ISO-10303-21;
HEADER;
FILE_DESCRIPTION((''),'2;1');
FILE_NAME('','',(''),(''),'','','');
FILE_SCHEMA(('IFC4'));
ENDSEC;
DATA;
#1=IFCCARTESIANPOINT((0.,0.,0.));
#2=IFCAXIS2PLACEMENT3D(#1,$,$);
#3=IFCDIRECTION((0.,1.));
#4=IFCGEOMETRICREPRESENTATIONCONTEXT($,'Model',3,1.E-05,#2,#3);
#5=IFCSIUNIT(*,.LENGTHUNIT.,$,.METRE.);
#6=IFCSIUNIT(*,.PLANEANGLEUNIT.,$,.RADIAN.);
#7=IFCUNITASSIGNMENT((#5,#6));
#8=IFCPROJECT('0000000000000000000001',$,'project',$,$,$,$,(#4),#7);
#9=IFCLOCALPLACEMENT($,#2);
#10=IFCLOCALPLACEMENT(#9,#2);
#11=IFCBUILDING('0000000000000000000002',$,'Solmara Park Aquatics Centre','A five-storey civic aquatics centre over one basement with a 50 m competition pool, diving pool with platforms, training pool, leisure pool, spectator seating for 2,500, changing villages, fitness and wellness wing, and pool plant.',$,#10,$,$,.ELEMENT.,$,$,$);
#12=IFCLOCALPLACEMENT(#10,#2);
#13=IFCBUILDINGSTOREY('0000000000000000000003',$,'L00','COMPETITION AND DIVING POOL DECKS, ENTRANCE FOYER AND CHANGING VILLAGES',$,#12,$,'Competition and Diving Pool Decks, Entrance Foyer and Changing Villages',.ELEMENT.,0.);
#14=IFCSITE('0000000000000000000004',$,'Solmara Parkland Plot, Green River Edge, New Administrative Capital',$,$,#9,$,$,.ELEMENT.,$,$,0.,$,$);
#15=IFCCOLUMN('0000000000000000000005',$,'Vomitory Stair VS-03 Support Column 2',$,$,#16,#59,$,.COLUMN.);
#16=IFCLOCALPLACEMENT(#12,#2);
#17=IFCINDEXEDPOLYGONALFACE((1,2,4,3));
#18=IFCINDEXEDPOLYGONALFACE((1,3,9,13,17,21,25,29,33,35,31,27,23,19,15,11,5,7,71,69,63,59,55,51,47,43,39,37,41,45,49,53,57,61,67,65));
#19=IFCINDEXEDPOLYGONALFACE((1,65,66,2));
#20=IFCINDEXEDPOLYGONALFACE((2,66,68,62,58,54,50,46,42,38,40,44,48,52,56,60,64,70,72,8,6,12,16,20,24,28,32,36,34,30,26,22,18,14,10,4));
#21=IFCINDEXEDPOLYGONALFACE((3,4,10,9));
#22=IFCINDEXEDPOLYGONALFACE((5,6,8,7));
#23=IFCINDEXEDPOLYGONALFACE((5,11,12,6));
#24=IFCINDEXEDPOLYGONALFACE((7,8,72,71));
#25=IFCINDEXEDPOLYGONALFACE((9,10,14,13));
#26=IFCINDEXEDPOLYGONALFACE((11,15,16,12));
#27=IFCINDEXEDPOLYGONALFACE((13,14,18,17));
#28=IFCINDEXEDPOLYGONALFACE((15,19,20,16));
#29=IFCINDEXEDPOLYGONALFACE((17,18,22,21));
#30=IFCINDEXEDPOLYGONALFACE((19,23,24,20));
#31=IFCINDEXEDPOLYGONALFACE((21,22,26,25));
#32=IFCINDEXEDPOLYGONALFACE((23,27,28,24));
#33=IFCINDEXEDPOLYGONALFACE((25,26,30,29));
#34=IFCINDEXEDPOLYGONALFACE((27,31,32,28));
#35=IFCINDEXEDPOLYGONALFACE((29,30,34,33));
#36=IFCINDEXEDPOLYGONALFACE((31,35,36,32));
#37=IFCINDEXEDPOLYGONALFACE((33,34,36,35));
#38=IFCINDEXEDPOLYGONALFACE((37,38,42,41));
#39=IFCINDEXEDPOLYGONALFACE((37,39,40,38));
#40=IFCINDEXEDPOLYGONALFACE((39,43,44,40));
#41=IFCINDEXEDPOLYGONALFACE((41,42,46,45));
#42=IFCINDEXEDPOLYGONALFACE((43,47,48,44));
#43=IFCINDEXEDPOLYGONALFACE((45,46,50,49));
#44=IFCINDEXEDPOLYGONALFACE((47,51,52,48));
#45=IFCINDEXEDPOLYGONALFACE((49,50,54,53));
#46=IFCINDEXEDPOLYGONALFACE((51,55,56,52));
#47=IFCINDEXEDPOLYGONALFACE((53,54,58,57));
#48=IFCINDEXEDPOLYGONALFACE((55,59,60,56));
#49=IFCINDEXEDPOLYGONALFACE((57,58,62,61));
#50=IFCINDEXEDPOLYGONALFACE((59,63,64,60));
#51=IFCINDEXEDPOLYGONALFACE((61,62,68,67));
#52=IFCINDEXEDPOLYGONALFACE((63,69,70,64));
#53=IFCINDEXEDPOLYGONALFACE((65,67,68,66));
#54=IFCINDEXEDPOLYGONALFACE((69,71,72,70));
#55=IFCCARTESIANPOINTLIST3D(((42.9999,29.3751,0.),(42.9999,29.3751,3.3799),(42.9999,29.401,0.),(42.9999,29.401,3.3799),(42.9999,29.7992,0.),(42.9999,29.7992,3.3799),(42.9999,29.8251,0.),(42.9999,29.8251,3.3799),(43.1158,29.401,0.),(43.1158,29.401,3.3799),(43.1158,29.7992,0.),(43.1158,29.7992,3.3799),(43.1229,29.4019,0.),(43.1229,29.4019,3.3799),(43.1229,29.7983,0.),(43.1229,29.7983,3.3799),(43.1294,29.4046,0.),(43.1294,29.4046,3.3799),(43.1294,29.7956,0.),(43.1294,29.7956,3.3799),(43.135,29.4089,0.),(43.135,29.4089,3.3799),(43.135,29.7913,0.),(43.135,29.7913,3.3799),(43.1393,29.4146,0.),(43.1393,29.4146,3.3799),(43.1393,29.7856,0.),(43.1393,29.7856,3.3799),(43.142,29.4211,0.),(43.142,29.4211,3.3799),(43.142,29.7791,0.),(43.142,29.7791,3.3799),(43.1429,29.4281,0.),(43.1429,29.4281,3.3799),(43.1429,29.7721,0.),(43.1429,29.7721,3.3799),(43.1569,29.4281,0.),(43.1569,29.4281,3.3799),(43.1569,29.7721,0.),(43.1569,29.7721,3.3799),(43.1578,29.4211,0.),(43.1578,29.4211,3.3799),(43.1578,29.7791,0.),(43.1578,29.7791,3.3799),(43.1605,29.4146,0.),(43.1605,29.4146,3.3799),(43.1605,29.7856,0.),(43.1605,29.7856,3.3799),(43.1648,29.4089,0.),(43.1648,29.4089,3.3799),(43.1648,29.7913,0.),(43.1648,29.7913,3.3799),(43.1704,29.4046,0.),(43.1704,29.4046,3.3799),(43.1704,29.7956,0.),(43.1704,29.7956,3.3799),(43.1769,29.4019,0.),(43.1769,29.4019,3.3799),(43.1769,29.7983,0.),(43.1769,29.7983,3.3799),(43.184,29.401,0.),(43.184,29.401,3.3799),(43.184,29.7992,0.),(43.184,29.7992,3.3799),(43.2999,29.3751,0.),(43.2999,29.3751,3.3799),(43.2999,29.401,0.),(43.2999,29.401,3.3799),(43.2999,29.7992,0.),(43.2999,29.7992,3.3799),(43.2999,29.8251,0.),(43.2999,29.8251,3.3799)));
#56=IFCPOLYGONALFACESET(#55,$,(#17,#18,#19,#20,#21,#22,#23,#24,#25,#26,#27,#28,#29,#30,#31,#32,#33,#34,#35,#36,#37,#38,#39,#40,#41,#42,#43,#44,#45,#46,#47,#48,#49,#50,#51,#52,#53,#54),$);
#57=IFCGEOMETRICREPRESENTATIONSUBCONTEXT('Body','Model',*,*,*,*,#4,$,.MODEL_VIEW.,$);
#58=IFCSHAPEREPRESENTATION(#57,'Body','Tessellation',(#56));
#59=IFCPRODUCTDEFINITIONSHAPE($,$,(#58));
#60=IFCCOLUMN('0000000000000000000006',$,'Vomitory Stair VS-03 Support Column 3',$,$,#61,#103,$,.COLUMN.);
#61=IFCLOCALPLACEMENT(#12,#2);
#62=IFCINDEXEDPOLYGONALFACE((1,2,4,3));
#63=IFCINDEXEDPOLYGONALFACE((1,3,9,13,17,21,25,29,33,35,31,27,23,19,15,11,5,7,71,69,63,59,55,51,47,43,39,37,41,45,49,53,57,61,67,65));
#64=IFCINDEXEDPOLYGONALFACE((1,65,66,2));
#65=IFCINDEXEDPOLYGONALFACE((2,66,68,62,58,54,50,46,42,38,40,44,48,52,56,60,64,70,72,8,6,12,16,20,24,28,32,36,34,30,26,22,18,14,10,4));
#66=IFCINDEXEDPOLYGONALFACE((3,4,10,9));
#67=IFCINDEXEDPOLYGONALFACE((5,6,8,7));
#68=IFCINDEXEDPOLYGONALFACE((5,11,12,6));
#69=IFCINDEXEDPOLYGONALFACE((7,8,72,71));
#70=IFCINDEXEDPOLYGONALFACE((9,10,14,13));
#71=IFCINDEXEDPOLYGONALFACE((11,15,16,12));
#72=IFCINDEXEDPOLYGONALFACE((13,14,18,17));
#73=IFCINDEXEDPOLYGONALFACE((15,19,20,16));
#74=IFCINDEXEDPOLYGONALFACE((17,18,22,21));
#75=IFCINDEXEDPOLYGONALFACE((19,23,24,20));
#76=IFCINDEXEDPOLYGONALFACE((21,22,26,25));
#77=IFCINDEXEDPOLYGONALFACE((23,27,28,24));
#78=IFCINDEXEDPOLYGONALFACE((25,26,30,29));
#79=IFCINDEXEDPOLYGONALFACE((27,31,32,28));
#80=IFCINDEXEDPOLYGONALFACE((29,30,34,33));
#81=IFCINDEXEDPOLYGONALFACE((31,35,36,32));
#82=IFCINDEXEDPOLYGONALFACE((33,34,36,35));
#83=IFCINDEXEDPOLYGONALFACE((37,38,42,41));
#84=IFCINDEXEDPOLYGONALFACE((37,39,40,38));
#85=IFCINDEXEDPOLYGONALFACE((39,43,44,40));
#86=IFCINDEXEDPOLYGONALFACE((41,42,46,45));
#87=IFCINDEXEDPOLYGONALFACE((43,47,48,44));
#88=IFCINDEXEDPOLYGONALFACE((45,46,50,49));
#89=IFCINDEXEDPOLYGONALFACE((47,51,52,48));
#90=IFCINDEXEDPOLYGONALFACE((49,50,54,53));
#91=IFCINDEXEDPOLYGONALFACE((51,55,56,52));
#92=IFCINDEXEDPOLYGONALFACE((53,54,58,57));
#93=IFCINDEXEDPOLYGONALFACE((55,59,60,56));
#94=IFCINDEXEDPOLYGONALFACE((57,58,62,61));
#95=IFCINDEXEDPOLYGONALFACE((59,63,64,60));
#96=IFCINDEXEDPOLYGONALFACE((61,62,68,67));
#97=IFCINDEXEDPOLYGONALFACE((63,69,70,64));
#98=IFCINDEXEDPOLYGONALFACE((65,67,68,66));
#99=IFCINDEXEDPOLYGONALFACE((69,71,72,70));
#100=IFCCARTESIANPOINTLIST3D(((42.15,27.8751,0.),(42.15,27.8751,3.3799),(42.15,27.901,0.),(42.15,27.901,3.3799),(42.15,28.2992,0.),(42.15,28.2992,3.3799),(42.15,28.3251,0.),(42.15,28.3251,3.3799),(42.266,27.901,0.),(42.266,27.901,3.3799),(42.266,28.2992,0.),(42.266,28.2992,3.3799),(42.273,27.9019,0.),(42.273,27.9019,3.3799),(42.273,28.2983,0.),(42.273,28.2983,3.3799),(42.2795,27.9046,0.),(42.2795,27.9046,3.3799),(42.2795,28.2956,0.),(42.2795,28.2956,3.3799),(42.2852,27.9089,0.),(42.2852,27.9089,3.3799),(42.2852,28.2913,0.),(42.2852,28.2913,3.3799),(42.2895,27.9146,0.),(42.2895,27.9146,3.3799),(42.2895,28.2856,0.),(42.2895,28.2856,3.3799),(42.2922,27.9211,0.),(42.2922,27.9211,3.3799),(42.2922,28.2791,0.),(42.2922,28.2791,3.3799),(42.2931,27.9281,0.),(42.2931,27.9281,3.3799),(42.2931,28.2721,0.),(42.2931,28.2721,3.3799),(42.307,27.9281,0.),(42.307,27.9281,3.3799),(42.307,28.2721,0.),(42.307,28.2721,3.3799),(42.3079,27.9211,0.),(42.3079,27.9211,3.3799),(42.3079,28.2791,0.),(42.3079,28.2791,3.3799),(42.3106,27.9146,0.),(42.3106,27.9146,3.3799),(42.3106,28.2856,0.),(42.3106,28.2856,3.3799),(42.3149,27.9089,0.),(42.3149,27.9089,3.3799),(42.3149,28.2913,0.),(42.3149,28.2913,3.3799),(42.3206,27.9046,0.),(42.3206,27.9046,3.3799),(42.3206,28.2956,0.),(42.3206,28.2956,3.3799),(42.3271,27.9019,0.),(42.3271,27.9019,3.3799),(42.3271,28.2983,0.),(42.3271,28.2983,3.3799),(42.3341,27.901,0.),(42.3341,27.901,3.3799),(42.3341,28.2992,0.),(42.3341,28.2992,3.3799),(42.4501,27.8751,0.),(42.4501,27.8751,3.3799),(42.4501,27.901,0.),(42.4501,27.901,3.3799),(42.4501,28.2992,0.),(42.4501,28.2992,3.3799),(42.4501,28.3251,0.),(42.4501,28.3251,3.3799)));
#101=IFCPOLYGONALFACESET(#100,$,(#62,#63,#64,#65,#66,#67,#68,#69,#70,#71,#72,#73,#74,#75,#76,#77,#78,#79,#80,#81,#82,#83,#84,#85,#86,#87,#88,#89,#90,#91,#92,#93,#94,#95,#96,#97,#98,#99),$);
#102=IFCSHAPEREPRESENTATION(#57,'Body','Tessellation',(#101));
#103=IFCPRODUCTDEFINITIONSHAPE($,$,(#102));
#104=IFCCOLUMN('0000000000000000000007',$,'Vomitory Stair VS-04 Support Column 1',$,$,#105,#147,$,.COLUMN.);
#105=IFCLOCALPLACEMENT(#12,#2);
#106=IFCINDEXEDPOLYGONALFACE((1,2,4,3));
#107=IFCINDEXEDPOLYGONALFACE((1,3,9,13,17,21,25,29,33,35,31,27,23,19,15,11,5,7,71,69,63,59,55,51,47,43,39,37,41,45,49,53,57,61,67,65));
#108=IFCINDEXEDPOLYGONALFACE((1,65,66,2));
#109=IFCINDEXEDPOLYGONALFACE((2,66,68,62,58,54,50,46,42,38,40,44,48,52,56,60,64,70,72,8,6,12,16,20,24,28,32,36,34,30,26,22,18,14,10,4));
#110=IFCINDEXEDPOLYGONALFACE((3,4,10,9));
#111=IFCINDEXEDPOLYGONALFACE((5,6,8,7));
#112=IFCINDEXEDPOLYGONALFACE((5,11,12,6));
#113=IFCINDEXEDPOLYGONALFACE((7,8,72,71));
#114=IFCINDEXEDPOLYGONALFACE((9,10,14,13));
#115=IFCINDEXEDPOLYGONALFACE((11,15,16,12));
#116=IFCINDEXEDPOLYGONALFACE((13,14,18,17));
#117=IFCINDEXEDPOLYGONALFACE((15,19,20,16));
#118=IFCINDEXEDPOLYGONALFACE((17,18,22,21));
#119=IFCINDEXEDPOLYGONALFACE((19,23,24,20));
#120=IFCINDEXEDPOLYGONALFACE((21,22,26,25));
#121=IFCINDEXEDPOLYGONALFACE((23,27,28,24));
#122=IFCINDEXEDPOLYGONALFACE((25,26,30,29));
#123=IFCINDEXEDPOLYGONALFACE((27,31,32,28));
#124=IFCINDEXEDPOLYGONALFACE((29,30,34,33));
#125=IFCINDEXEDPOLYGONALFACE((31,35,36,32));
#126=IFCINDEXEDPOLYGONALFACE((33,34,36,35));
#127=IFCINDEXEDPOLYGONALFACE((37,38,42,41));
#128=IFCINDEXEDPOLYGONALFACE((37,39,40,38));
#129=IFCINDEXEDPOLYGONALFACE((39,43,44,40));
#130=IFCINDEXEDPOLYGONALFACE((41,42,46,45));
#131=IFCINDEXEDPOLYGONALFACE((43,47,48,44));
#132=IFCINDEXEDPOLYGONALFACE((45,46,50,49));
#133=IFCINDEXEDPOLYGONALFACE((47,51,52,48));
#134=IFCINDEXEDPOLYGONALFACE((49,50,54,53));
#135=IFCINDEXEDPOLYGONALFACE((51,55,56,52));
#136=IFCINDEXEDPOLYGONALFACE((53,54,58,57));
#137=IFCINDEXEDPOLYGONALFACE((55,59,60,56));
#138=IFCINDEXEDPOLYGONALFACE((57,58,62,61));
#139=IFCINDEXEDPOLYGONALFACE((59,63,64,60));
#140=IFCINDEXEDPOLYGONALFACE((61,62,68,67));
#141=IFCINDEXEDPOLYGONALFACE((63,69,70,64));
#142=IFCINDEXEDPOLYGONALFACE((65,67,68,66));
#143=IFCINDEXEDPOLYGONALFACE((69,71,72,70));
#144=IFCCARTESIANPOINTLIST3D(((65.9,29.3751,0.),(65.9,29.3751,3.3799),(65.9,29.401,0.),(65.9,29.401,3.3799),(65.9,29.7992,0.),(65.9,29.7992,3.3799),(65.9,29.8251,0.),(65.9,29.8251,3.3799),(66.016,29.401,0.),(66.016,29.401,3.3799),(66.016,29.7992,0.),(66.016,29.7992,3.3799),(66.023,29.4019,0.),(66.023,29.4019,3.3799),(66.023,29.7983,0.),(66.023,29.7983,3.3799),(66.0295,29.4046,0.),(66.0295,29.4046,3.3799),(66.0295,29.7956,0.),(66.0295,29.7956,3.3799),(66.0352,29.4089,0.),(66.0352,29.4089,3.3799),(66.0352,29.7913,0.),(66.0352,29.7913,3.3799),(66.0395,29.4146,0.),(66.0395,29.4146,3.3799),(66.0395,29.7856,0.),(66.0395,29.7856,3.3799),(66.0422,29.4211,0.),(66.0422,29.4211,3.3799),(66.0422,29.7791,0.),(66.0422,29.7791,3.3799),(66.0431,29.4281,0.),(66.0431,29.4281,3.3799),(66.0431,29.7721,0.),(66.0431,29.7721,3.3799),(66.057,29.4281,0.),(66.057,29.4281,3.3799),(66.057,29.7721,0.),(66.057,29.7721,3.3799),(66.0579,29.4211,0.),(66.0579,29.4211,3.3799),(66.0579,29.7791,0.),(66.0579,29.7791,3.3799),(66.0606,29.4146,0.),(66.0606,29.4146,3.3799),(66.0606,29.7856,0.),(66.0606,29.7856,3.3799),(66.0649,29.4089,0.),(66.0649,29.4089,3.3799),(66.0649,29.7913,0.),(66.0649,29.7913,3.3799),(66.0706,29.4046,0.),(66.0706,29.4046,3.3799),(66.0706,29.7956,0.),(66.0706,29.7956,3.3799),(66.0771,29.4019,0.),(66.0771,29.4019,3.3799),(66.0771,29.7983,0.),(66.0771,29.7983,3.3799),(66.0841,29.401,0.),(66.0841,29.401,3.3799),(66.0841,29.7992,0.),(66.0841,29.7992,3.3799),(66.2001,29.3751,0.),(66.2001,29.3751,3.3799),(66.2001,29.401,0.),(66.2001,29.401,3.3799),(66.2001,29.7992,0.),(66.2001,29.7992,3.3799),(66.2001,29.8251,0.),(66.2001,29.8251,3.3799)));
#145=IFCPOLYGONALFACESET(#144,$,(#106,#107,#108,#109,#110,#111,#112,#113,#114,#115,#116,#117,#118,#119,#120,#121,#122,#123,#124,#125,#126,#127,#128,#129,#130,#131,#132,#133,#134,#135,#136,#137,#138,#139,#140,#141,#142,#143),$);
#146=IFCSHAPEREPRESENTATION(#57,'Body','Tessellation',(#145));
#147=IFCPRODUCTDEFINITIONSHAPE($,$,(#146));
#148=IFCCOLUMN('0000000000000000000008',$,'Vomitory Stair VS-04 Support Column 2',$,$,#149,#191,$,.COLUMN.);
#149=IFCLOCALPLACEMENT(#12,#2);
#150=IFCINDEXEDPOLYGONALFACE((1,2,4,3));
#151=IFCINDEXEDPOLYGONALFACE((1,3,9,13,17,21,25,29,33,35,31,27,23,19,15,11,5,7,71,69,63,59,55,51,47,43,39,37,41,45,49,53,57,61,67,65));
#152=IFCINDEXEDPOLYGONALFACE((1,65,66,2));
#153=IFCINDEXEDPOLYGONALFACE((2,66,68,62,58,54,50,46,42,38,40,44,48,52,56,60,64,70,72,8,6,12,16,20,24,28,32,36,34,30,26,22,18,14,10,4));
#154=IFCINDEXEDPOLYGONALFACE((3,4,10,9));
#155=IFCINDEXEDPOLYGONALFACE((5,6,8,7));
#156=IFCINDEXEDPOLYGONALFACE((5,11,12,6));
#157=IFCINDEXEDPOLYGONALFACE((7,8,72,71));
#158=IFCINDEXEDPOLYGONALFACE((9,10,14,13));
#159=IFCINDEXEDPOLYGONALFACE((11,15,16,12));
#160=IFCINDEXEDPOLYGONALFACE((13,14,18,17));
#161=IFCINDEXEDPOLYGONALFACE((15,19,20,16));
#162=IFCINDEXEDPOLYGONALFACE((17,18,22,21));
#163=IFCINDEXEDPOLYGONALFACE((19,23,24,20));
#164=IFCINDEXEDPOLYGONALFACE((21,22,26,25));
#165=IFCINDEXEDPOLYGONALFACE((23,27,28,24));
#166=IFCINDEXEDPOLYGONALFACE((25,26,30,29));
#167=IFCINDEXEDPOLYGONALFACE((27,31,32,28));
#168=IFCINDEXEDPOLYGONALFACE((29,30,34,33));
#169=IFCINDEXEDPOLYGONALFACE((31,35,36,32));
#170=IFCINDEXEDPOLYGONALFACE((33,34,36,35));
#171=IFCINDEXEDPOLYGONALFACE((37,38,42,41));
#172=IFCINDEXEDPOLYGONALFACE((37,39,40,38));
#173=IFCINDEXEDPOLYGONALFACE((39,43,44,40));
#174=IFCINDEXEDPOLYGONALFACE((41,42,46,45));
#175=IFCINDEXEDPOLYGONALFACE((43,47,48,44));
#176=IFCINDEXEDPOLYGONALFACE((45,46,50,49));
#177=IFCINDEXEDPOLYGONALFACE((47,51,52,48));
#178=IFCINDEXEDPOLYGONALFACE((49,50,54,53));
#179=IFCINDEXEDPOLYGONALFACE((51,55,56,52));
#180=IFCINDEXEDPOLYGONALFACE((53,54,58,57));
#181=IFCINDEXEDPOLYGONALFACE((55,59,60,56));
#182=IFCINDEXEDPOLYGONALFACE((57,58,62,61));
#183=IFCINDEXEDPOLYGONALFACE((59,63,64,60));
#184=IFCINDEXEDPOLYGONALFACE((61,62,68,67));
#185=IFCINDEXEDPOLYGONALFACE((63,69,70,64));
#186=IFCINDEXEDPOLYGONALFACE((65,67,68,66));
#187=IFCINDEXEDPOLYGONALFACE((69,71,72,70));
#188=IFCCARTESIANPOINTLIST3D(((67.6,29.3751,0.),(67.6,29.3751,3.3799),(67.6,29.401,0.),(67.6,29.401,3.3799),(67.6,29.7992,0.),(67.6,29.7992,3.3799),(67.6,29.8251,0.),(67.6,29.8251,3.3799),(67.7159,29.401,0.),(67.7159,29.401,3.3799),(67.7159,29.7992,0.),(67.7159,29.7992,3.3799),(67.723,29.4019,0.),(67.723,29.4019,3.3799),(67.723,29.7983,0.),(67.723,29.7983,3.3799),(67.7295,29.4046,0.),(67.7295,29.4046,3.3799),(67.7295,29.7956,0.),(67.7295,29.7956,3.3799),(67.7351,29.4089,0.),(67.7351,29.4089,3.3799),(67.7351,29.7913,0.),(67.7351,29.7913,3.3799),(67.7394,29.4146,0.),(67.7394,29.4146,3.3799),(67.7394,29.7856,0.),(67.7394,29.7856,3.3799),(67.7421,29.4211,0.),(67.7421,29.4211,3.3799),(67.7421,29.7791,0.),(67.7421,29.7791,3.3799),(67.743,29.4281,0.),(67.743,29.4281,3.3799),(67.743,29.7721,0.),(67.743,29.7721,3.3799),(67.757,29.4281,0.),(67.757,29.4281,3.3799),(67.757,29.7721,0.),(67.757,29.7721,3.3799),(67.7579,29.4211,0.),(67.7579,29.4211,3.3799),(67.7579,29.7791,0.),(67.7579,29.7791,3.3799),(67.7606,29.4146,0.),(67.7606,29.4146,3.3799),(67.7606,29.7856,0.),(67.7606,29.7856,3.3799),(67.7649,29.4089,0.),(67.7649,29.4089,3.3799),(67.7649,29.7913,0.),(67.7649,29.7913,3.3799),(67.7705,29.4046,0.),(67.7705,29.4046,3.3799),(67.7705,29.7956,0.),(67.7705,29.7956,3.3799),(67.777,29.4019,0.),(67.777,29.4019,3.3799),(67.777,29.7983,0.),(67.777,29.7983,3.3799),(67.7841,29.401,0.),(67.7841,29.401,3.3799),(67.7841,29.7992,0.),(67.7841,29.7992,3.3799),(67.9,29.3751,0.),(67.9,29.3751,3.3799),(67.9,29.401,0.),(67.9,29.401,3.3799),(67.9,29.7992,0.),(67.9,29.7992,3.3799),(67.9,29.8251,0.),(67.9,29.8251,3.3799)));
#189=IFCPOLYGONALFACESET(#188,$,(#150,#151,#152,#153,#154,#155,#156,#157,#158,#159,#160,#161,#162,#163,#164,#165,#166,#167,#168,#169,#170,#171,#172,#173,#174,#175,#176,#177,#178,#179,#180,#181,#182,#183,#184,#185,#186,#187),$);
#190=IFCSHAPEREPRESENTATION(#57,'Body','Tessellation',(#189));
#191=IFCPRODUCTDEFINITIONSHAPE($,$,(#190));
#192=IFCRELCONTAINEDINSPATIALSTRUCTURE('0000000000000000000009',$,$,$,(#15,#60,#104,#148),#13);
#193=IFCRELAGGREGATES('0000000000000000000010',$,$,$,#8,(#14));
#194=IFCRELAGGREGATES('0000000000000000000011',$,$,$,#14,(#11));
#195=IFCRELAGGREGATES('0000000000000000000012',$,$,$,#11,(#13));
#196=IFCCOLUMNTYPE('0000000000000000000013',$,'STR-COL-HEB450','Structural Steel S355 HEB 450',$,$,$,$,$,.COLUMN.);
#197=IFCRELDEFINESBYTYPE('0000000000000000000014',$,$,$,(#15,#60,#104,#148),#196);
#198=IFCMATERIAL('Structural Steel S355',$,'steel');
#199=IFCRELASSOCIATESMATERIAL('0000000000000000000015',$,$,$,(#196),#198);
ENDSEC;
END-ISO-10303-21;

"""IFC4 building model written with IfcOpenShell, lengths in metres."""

from ifc_helpers import new_model, si_unit, direction, frame, origin, origin_2d, place, context, subcontext, project, spatial, i_section, extrude, material, material_profile, profile_set, type_object, element, save


model = new_model("IFC4")

# Units and contexts
model_context = context("Model", 3, precision=1e-05, world=origin(), true_north=direction((0.0, 1.0)))
body_context = subcontext(model_context, "Body", "Model", "MODEL_VIEW")
ifc_project = project(units=[si_unit("LENGTHUNIT", "METRE"), si_unit("PLANEANGLEUNIT", "RADIAN")], contexts=[model_context])

# Site, building, storey
site_placement = place(None, origin())
site = spatial("IfcSite", under=ifc_project, at=site_placement, Name="Solmara Parkland Plot, Green River Edge, New Administrative Capital", CompositionType="ELEMENT", RefElevation=0.0)
building_placement = place(site_placement, origin())
building = spatial("IfcBuilding", under=site, at=building_placement, Name="Solmara Park Aquatics Centre", Description="A five-storey civic aquatics centre over one basement with a 50 m competition pool, diving pool with platforms, training pool, leisure pool, spectator seating for 2,500, changing villages, fitness and wellness wing, and pool plant.", CompositionType="ELEMENT")
storey_placement = place(building_placement, origin())
storey = spatial("IfcBuildingStorey", under=building, at=storey_placement, Name="L00", Description="COMPETITION AND DIVING POOL DECKS, ENTRANCE FOYER AND CHANGING VILLAGES", LongName="Competition and Diving Pool Decks, Entrance Foyer and Changing Villages", CompositionType="ELEMENT", Elevation=0.0)

# Columns
ifc_material_1 = material(Name="Structural Steel S355", Category="steel")
ifc_material_profile_1 = material_profile(ifc_material_1, i_section(OverallWidth=0.3, OverallDepth=0.45, WebThickness=0.0139, FlangeThickness=0.0259, FilletRadius=0.0271, at=origin_2d()), Name="HEB 450")
ifc_profile_set_1 = profile_set([ifc_material_profile_1], Name="Structural Steel S355")
column_type_1 = type_object("IfcColumnType", Name="STR-COL-HEB450", Description="Structural Steel S355 HEB 450", PredefinedType="COLUMN", material=ifc_profile_set_1)
for number, where, z_axis, x_axis, name in (
    (1, (43.1499, 29.6001, 0.0), (0.0, 0.0, 1.0), (1.0, 0.0, 0.0), "Vomitory Stair VS-03 Support Column 2"),
    (2, (42.3, 28.1001, 0.0), (0.0, 0.0, 1.0), (1.0, 0.0, 0.0), "Vomitory Stair VS-03 Support Column 3"),
    (3, (66.05, 29.6001, 0.0), (0.0, 0.0, 1.0), (1.0, 0.0, 0.0), "Vomitory Stair VS-04 Support Column 1"),
    (4, (67.75, 29.6001, 0.0), (0.0, 0.0, 1.0), (1.0, 0.0, 0.0), "Vomitory Stair VS-04 Support Column 2"),
):
    element("IfcColumn", number, at=place(storey_placement, frame(where, z_axis=z_axis, x_axis=x_axis)), inside=storey, type_object=column_type_1, Name=name, PredefinedType="COLUMN", context=body_context, shape_type="SweptSolid", body=[
        extrude(i_section(OverallWidth=0.3, OverallDepth=0.45, WebThickness=0.0139, FlangeThickness=0.0259, FilletRadius=0.0271, at=origin_2d()), origin(), (0.0, 0.0, 1.0), 3.3799),
    ])

save(model, "model.ifc")
